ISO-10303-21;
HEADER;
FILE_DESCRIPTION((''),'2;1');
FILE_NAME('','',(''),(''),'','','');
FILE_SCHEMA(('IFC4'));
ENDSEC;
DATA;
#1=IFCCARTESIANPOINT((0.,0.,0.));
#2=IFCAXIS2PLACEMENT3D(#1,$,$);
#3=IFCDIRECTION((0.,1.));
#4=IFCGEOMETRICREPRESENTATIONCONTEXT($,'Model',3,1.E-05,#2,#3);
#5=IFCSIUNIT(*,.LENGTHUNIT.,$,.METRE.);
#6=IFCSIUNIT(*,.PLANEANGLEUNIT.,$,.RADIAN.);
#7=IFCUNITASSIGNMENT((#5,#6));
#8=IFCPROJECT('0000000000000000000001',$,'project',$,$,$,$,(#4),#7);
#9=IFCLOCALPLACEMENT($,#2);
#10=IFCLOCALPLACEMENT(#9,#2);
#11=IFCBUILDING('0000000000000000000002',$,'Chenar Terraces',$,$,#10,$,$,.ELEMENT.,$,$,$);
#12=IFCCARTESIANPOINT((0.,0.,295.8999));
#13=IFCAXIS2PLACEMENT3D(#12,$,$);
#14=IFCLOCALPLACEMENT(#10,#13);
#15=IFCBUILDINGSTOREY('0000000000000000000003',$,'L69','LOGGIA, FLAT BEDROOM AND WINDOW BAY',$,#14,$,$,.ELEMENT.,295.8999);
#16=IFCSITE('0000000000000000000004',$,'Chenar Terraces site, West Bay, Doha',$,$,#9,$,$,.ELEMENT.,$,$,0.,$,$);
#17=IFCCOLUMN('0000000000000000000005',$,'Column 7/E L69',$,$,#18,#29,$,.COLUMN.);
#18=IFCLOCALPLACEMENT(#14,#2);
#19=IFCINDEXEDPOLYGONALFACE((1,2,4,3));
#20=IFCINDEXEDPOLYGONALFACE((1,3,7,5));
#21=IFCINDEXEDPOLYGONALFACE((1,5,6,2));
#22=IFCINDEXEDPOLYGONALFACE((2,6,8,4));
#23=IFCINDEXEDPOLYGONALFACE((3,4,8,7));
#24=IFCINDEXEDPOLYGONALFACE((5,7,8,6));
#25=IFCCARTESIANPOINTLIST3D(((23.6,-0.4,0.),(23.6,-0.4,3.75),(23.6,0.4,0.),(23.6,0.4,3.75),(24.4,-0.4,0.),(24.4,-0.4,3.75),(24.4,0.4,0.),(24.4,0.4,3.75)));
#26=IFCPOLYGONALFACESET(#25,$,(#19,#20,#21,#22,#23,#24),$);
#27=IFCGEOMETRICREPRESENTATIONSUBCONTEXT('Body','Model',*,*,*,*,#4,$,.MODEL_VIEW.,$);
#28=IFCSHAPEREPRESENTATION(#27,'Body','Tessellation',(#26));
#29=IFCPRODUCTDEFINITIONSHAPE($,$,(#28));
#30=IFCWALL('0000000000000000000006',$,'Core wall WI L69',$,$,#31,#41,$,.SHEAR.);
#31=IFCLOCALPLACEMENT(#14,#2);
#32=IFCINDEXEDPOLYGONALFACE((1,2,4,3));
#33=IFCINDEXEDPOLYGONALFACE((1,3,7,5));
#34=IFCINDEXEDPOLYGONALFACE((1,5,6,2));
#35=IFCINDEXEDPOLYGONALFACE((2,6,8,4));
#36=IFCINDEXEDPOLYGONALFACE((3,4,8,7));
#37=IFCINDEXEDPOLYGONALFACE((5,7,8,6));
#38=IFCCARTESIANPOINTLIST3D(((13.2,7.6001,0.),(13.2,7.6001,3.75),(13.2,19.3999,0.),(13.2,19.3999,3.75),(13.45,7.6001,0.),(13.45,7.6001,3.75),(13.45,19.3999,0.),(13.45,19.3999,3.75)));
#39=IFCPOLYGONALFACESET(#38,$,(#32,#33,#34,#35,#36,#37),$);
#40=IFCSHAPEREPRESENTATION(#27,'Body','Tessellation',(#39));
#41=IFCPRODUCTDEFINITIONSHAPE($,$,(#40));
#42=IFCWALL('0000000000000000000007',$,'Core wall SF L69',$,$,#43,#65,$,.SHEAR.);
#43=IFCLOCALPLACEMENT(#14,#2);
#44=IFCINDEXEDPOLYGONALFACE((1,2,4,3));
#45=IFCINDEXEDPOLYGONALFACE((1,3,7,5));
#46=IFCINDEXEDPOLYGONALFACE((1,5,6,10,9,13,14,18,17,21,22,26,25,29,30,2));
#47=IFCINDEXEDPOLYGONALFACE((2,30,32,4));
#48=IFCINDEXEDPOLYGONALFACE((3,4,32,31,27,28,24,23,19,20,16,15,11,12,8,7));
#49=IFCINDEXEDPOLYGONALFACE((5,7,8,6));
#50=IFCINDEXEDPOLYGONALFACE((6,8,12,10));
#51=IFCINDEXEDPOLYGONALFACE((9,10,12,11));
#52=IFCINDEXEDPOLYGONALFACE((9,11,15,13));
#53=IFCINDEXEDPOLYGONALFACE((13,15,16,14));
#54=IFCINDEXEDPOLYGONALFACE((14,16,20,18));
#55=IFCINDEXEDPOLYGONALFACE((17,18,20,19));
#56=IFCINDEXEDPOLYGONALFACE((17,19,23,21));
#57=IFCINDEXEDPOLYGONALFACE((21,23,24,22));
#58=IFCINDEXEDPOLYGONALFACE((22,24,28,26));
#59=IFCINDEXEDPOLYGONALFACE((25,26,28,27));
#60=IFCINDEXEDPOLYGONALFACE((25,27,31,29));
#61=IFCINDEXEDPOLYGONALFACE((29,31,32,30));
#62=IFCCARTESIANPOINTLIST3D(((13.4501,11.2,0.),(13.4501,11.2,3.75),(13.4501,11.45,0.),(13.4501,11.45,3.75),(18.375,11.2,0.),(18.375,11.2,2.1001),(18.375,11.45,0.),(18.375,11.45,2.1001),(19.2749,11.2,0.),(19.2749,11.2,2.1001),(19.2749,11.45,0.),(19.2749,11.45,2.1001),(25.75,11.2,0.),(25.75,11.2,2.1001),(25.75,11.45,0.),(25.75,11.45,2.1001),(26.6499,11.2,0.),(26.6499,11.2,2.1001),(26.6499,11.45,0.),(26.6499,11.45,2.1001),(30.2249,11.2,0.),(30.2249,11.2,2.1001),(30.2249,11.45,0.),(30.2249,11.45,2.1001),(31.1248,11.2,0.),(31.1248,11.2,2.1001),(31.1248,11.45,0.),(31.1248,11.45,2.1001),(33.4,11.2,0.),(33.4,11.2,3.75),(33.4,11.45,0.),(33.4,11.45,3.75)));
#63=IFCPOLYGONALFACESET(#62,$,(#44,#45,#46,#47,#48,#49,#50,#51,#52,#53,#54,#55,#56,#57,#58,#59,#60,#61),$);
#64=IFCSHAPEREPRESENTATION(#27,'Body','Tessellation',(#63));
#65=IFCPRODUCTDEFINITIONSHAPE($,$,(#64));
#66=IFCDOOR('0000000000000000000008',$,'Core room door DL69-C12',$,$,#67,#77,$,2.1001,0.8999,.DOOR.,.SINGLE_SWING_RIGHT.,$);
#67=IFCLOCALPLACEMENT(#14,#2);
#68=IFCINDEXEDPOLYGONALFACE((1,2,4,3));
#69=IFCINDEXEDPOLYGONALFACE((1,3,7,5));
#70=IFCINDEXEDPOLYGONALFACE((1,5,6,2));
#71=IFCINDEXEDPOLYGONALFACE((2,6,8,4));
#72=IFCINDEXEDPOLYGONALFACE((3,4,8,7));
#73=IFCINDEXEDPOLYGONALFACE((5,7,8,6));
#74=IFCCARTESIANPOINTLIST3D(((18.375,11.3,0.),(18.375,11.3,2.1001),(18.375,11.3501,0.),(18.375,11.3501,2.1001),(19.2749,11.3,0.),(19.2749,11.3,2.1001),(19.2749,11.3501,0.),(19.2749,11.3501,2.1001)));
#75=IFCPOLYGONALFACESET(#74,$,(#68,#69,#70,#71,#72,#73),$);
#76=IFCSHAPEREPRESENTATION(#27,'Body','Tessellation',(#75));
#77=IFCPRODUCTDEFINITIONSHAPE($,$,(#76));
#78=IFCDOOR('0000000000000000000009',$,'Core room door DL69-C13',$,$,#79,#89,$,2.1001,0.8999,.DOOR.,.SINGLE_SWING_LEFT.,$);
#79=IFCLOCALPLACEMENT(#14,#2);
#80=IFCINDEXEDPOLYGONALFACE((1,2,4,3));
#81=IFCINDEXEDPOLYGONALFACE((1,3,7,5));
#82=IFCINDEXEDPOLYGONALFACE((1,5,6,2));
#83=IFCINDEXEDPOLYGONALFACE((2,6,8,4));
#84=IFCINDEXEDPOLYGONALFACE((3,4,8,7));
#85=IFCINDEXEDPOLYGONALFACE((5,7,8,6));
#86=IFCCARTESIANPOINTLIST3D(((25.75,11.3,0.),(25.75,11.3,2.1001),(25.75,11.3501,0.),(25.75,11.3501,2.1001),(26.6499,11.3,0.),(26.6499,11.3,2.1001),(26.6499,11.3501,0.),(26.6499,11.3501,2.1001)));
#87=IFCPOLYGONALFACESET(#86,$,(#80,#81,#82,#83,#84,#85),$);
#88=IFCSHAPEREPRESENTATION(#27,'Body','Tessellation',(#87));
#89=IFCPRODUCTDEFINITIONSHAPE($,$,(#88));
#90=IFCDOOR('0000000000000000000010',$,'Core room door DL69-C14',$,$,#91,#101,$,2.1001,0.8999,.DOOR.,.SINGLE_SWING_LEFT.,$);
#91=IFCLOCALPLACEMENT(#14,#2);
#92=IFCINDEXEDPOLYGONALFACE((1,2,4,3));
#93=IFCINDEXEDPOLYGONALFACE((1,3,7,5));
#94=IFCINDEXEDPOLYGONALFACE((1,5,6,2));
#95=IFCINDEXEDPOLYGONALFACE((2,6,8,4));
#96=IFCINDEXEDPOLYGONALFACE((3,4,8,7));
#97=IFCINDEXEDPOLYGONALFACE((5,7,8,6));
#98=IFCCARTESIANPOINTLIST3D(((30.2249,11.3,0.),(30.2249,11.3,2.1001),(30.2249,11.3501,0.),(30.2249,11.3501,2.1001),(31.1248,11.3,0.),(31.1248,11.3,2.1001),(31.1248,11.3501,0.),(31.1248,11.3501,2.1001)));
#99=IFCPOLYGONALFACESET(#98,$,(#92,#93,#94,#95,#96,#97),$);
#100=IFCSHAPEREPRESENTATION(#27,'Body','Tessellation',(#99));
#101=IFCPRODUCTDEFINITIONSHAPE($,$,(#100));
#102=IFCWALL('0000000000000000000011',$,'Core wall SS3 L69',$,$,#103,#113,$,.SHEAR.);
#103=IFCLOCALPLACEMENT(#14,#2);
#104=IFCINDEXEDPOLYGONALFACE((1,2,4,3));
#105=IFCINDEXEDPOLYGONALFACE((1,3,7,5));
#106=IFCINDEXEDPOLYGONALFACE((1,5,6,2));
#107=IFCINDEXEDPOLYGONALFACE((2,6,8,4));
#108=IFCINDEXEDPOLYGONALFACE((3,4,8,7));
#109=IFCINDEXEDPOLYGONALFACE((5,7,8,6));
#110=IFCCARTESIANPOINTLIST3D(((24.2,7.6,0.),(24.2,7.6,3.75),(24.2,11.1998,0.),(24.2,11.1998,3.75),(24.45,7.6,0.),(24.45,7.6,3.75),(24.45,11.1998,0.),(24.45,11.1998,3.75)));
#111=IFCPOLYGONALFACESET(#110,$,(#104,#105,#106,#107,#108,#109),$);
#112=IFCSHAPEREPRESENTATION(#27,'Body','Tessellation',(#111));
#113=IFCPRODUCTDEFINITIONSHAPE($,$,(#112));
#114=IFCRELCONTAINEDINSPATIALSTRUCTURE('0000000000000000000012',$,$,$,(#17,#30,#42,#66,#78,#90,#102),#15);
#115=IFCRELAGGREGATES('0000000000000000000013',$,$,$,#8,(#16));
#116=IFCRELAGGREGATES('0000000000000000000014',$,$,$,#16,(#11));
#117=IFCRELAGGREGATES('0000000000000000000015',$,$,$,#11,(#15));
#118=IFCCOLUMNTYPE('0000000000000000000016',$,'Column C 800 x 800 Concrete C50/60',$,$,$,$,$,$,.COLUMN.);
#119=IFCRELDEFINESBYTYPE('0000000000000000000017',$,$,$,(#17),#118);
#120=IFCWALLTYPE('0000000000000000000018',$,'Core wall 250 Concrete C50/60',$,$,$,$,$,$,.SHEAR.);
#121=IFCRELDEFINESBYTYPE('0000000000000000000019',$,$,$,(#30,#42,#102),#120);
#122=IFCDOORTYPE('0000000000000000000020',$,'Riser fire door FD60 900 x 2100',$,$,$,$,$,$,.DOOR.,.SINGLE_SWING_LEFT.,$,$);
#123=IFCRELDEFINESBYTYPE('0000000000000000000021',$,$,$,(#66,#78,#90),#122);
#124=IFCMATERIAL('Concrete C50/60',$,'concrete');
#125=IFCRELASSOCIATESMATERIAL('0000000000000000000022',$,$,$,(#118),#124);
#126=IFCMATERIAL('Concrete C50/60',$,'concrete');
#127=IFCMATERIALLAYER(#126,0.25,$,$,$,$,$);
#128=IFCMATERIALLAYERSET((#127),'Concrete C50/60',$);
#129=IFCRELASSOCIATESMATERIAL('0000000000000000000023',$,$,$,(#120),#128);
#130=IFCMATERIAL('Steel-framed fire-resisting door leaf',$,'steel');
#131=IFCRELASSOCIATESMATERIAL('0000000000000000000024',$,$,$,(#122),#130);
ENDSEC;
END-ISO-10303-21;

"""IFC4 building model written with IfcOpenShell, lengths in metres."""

from ifc_helpers import new_model, si_unit, direction, frame, frame_2d, origin, origin_2d, place, context, subcontext, project, spatial, rectangle, extrude, material, layer, layer_set, material_profile, profile_set, type_object, element, fill, save


model = new_model("IFC4")

# Units and contexts
model_context = context("Model", 3, precision=1e-05, world=origin(), true_north=direction((0.0, 1.0)))
body_context = subcontext(model_context, "Body", "Model", "MODEL_VIEW")
ifc_project = project(units=[si_unit("LENGTHUNIT", "METRE"), si_unit("PLANEANGLEUNIT", "RADIAN")], contexts=[model_context])

# Site, building, storey
site_placement = place(None, origin())
site = spatial("IfcSite", under=ifc_project, at=site_placement, Name="Chenar Terraces site, West Bay, Doha", CompositionType="ELEMENT", RefElevation=0.0)
building_placement = place(site_placement, origin())
building = spatial("IfcBuilding", under=site, at=building_placement, Name="Chenar Terraces", CompositionType="ELEMENT")
storey_placement = place(building_placement, frame((0.0, 0.0, 295.8999)))
storey = spatial("IfcBuildingStorey", under=building, at=storey_placement, Name="L69", Description="LOGGIA, FLAT BEDROOM AND WINDOW BAY", CompositionType="ELEMENT", Elevation=295.8999)

# Column
ifc_material_1 = material(Name="Concrete C50/60", Category="concrete")
ifc_material_profile_1 = material_profile(ifc_material_1, rectangle(XDim=0.8, YDim=0.8, at=origin_2d()), Name="C 800 x 800")
ifc_profile_set_1 = profile_set([ifc_material_profile_1], Name="Concrete C50/60")
column_type = type_object("IfcColumnType", Name="Column C 800 x 800 Concrete C50/60", PredefinedType="COLUMN", material=ifc_profile_set_1)
column_placement = place(storey_placement, frame((24.0, 0.0, 0.0), z_axis=(0.0, 0.0, 1.0), x_axis=(1.0, 0.0, 0.0)))
element("IfcColumn", 1, at=column_placement, inside=storey, type_object=column_type, Name="Column 7/E L69", PredefinedType="COLUMN", context=body_context, shape_type="SweptSolid", body=[
    extrude(rectangle(XDim=0.8, YDim=0.8, at=origin_2d()), origin(), (0.0, 0.0, 1.0), 3.75),
])

# Wall
ifc_material_2 = material(Name="Concrete C50/60", Category="concrete")
ifc_layer_1 = layer(ifc_material_2, 0.25)
ifc_layer_set_1 = layer_set([ifc_layer_1], Name="Concrete C50/60")
wall_type_1 = type_object("IfcWallType", Name="Core wall 250 Concrete C50/60", PredefinedType="SHEAR", material=ifc_layer_set_1)
wall_1_placement = place(storey_placement, frame((13.325, 7.6001, 0.0), z_axis=(0.0, 0.0, 1.0), x_axis=(0.0, 1.0, 0.0)))
element("IfcWall", 2, at=wall_1_placement, inside=storey, type_object=wall_type_1, Name="Core wall WI L69", PredefinedType="SHEAR", context=body_context, shape_type="SweptSolid", body=[
    extrude(rectangle(XDim=11.7998, YDim=0.25, at=frame_2d((5.8999, 0.0))), origin(), (0.0, 0.0, 1.0), 3.75),
])

# Wall, openings, doors
wall_2_placement = place(storey_placement, frame((13.45, 11.325, 0.0), z_axis=(0.0, 0.0, 1.0), x_axis=(1.0, 0.0, 0.0)))
wall_2 = element("IfcWall", 3, at=wall_2_placement, inside=storey, type_object=wall_type_1, Name="Core wall SF L69", PredefinedType="SHEAR", context=body_context, shape_type="SweptSolid", body=[
    extrude(rectangle(XDim=19.95, YDim=0.25, at=frame_2d((9.9751, 0.0))), origin(), (0.0, 0.0, 1.0), 3.75),
])
opening_1_placement = place(wall_2_placement, frame((4.925, 0.0, 0.0)))
opening_1 = element("IfcOpeningElement", 4, at=opening_1_placement, cuts=wall_2, PredefinedType="OPENING", context=body_context, shape_type="SweptSolid", body=[
    extrude(rectangle(XDim=0.8999, YDim=2.1001, at=frame_2d((0.45, 1.05))), frame((0.0, 0.135, 0.0), z_axis=(0.0, -1.0, 0.0), x_axis=(1.0, 0.0, 0.0)), (0.0, 0.0, 1.0), 0.27),
])
opening_2_placement = place(wall_2_placement, frame((12.3, 0.0, 0.0)))
opening_2 = element("IfcOpeningElement", 5, at=opening_2_placement, cuts=wall_2, PredefinedType="OPENING", context=body_context, shape_type="SweptSolid", body=[
    extrude(rectangle(XDim=0.8999, YDim=2.1001, at=frame_2d((0.45, 1.05))), frame((0.0, 0.135, 0.0), z_axis=(0.0, -1.0, 0.0), x_axis=(1.0, 0.0, 0.0)), (0.0, 0.0, 1.0), 0.27),
])
opening_3_placement = place(wall_2_placement, frame((16.7749, 0.0, 0.0)))
opening_3 = element("IfcOpeningElement", 6, at=opening_3_placement, cuts=wall_2, PredefinedType="OPENING", context=body_context, shape_type="SweptSolid", body=[
    extrude(rectangle(XDim=0.8999, YDim=2.1001, at=frame_2d((0.45, 1.05))), frame((0.0, 0.135, 0.0), z_axis=(0.0, -1.0, 0.0), x_axis=(1.0, 0.0, 0.0)), (0.0, 0.0, 1.0), 0.27),
])
ifc_material_3 = material(Name="Steel-framed fire-resisting door leaf", Category="steel")
door_type_1 = type_object("IfcDoorType", Name="Riser fire door FD60 900 x 2100", OperationType="SINGLE_SWING_LEFT", PredefinedType="DOOR", material=ifc_material_3)
door_1_placement = place(opening_1_placement, frame((0.8999, 0.0, 0.0), z_axis=(0.0, 0.0, 1.0), x_axis=(-1.0, 0.0, 0.0)))
door_1 = element("IfcDoor", 7, at=door_1_placement, inside=storey, type_object=door_type_1, Name="Core room door DL69-C12", OperationType="SINGLE_SWING_RIGHT", OverallHeight=2.1001, OverallWidth=0.8999, PredefinedType="DOOR", context=body_context, shape_type="SweptSolid", body=[
    extrude(rectangle(XDim=0.8999, YDim=2.1001, at=frame_2d((0.45, 1.05))), frame((0.0, 0.0249, 0.0), z_axis=(0.0, -1.0, 0.0), x_axis=(1.0, 0.0, 0.0)), (0.0, 0.0, 1.0), 0.05),
])
fill(opening_1, door_1)
door_2_placement = place(opening_2_placement, frame((0.8999, 0.0, 0.0), z_axis=(0.0, 0.0, 1.0), x_axis=(-1.0, 0.0, 0.0)))
door_2 = element("IfcDoor", 8, at=door_2_placement, inside=storey, type_object=door_type_1, Name="Core room door DL69-C13", OperationType="SINGLE_SWING_LEFT", OverallHeight=2.1001, OverallWidth=0.8999, PredefinedType="DOOR", context=body_context, shape_type="SweptSolid", body=[
    extrude(rectangle(XDim=0.8999, YDim=2.1001, at=frame_2d((0.45, 1.05))), frame((0.0, 0.0249, 0.0), z_axis=(0.0, -1.0, 0.0), x_axis=(1.0, 0.0, 0.0)), (0.0, 0.0, 1.0), 0.05),
])
fill(opening_2, door_2)
door_3_placement = place(opening_3_placement, frame((0.8999, 0.0, 0.0), z_axis=(0.0, 0.0, 1.0), x_axis=(-1.0, 0.0, 0.0)))
door_3 = element("IfcDoor", 9, at=door_3_placement, inside=storey, type_object=door_type_1, Name="Core room door DL69-C14", OperationType="SINGLE_SWING_LEFT", OverallHeight=2.1001, OverallWidth=0.8999, PredefinedType="DOOR", context=body_context, shape_type="SweptSolid", body=[
    extrude(rectangle(XDim=0.8999, YDim=2.1001, at=frame_2d((0.45, 1.05))), frame((0.0, 0.0249, 0.0), z_axis=(0.0, -1.0, 0.0), x_axis=(1.0, 0.0, 0.0)), (0.0, 0.0, 1.0), 0.05),
])
fill(opening_3, door_3)

# Wall
wall_3_placement = place(storey_placement, frame((24.325, 7.6001, 0.0), z_axis=(0.0, 0.0, 1.0), x_axis=(0.0, 1.0, 0.0)))
element("IfcWall", 10, at=wall_3_placement, inside=storey, type_object=wall_type_1, Name="Core wall SS3 L69", PredefinedType="SHEAR", context=body_context, shape_type="SweptSolid", body=[
    extrude(rectangle(XDim=3.5999, YDim=0.25, at=frame_2d((1.7998, 0.0))), origin(), (0.0, 0.0, 1.0), 3.75),
])

save(model, "model.ifc")
